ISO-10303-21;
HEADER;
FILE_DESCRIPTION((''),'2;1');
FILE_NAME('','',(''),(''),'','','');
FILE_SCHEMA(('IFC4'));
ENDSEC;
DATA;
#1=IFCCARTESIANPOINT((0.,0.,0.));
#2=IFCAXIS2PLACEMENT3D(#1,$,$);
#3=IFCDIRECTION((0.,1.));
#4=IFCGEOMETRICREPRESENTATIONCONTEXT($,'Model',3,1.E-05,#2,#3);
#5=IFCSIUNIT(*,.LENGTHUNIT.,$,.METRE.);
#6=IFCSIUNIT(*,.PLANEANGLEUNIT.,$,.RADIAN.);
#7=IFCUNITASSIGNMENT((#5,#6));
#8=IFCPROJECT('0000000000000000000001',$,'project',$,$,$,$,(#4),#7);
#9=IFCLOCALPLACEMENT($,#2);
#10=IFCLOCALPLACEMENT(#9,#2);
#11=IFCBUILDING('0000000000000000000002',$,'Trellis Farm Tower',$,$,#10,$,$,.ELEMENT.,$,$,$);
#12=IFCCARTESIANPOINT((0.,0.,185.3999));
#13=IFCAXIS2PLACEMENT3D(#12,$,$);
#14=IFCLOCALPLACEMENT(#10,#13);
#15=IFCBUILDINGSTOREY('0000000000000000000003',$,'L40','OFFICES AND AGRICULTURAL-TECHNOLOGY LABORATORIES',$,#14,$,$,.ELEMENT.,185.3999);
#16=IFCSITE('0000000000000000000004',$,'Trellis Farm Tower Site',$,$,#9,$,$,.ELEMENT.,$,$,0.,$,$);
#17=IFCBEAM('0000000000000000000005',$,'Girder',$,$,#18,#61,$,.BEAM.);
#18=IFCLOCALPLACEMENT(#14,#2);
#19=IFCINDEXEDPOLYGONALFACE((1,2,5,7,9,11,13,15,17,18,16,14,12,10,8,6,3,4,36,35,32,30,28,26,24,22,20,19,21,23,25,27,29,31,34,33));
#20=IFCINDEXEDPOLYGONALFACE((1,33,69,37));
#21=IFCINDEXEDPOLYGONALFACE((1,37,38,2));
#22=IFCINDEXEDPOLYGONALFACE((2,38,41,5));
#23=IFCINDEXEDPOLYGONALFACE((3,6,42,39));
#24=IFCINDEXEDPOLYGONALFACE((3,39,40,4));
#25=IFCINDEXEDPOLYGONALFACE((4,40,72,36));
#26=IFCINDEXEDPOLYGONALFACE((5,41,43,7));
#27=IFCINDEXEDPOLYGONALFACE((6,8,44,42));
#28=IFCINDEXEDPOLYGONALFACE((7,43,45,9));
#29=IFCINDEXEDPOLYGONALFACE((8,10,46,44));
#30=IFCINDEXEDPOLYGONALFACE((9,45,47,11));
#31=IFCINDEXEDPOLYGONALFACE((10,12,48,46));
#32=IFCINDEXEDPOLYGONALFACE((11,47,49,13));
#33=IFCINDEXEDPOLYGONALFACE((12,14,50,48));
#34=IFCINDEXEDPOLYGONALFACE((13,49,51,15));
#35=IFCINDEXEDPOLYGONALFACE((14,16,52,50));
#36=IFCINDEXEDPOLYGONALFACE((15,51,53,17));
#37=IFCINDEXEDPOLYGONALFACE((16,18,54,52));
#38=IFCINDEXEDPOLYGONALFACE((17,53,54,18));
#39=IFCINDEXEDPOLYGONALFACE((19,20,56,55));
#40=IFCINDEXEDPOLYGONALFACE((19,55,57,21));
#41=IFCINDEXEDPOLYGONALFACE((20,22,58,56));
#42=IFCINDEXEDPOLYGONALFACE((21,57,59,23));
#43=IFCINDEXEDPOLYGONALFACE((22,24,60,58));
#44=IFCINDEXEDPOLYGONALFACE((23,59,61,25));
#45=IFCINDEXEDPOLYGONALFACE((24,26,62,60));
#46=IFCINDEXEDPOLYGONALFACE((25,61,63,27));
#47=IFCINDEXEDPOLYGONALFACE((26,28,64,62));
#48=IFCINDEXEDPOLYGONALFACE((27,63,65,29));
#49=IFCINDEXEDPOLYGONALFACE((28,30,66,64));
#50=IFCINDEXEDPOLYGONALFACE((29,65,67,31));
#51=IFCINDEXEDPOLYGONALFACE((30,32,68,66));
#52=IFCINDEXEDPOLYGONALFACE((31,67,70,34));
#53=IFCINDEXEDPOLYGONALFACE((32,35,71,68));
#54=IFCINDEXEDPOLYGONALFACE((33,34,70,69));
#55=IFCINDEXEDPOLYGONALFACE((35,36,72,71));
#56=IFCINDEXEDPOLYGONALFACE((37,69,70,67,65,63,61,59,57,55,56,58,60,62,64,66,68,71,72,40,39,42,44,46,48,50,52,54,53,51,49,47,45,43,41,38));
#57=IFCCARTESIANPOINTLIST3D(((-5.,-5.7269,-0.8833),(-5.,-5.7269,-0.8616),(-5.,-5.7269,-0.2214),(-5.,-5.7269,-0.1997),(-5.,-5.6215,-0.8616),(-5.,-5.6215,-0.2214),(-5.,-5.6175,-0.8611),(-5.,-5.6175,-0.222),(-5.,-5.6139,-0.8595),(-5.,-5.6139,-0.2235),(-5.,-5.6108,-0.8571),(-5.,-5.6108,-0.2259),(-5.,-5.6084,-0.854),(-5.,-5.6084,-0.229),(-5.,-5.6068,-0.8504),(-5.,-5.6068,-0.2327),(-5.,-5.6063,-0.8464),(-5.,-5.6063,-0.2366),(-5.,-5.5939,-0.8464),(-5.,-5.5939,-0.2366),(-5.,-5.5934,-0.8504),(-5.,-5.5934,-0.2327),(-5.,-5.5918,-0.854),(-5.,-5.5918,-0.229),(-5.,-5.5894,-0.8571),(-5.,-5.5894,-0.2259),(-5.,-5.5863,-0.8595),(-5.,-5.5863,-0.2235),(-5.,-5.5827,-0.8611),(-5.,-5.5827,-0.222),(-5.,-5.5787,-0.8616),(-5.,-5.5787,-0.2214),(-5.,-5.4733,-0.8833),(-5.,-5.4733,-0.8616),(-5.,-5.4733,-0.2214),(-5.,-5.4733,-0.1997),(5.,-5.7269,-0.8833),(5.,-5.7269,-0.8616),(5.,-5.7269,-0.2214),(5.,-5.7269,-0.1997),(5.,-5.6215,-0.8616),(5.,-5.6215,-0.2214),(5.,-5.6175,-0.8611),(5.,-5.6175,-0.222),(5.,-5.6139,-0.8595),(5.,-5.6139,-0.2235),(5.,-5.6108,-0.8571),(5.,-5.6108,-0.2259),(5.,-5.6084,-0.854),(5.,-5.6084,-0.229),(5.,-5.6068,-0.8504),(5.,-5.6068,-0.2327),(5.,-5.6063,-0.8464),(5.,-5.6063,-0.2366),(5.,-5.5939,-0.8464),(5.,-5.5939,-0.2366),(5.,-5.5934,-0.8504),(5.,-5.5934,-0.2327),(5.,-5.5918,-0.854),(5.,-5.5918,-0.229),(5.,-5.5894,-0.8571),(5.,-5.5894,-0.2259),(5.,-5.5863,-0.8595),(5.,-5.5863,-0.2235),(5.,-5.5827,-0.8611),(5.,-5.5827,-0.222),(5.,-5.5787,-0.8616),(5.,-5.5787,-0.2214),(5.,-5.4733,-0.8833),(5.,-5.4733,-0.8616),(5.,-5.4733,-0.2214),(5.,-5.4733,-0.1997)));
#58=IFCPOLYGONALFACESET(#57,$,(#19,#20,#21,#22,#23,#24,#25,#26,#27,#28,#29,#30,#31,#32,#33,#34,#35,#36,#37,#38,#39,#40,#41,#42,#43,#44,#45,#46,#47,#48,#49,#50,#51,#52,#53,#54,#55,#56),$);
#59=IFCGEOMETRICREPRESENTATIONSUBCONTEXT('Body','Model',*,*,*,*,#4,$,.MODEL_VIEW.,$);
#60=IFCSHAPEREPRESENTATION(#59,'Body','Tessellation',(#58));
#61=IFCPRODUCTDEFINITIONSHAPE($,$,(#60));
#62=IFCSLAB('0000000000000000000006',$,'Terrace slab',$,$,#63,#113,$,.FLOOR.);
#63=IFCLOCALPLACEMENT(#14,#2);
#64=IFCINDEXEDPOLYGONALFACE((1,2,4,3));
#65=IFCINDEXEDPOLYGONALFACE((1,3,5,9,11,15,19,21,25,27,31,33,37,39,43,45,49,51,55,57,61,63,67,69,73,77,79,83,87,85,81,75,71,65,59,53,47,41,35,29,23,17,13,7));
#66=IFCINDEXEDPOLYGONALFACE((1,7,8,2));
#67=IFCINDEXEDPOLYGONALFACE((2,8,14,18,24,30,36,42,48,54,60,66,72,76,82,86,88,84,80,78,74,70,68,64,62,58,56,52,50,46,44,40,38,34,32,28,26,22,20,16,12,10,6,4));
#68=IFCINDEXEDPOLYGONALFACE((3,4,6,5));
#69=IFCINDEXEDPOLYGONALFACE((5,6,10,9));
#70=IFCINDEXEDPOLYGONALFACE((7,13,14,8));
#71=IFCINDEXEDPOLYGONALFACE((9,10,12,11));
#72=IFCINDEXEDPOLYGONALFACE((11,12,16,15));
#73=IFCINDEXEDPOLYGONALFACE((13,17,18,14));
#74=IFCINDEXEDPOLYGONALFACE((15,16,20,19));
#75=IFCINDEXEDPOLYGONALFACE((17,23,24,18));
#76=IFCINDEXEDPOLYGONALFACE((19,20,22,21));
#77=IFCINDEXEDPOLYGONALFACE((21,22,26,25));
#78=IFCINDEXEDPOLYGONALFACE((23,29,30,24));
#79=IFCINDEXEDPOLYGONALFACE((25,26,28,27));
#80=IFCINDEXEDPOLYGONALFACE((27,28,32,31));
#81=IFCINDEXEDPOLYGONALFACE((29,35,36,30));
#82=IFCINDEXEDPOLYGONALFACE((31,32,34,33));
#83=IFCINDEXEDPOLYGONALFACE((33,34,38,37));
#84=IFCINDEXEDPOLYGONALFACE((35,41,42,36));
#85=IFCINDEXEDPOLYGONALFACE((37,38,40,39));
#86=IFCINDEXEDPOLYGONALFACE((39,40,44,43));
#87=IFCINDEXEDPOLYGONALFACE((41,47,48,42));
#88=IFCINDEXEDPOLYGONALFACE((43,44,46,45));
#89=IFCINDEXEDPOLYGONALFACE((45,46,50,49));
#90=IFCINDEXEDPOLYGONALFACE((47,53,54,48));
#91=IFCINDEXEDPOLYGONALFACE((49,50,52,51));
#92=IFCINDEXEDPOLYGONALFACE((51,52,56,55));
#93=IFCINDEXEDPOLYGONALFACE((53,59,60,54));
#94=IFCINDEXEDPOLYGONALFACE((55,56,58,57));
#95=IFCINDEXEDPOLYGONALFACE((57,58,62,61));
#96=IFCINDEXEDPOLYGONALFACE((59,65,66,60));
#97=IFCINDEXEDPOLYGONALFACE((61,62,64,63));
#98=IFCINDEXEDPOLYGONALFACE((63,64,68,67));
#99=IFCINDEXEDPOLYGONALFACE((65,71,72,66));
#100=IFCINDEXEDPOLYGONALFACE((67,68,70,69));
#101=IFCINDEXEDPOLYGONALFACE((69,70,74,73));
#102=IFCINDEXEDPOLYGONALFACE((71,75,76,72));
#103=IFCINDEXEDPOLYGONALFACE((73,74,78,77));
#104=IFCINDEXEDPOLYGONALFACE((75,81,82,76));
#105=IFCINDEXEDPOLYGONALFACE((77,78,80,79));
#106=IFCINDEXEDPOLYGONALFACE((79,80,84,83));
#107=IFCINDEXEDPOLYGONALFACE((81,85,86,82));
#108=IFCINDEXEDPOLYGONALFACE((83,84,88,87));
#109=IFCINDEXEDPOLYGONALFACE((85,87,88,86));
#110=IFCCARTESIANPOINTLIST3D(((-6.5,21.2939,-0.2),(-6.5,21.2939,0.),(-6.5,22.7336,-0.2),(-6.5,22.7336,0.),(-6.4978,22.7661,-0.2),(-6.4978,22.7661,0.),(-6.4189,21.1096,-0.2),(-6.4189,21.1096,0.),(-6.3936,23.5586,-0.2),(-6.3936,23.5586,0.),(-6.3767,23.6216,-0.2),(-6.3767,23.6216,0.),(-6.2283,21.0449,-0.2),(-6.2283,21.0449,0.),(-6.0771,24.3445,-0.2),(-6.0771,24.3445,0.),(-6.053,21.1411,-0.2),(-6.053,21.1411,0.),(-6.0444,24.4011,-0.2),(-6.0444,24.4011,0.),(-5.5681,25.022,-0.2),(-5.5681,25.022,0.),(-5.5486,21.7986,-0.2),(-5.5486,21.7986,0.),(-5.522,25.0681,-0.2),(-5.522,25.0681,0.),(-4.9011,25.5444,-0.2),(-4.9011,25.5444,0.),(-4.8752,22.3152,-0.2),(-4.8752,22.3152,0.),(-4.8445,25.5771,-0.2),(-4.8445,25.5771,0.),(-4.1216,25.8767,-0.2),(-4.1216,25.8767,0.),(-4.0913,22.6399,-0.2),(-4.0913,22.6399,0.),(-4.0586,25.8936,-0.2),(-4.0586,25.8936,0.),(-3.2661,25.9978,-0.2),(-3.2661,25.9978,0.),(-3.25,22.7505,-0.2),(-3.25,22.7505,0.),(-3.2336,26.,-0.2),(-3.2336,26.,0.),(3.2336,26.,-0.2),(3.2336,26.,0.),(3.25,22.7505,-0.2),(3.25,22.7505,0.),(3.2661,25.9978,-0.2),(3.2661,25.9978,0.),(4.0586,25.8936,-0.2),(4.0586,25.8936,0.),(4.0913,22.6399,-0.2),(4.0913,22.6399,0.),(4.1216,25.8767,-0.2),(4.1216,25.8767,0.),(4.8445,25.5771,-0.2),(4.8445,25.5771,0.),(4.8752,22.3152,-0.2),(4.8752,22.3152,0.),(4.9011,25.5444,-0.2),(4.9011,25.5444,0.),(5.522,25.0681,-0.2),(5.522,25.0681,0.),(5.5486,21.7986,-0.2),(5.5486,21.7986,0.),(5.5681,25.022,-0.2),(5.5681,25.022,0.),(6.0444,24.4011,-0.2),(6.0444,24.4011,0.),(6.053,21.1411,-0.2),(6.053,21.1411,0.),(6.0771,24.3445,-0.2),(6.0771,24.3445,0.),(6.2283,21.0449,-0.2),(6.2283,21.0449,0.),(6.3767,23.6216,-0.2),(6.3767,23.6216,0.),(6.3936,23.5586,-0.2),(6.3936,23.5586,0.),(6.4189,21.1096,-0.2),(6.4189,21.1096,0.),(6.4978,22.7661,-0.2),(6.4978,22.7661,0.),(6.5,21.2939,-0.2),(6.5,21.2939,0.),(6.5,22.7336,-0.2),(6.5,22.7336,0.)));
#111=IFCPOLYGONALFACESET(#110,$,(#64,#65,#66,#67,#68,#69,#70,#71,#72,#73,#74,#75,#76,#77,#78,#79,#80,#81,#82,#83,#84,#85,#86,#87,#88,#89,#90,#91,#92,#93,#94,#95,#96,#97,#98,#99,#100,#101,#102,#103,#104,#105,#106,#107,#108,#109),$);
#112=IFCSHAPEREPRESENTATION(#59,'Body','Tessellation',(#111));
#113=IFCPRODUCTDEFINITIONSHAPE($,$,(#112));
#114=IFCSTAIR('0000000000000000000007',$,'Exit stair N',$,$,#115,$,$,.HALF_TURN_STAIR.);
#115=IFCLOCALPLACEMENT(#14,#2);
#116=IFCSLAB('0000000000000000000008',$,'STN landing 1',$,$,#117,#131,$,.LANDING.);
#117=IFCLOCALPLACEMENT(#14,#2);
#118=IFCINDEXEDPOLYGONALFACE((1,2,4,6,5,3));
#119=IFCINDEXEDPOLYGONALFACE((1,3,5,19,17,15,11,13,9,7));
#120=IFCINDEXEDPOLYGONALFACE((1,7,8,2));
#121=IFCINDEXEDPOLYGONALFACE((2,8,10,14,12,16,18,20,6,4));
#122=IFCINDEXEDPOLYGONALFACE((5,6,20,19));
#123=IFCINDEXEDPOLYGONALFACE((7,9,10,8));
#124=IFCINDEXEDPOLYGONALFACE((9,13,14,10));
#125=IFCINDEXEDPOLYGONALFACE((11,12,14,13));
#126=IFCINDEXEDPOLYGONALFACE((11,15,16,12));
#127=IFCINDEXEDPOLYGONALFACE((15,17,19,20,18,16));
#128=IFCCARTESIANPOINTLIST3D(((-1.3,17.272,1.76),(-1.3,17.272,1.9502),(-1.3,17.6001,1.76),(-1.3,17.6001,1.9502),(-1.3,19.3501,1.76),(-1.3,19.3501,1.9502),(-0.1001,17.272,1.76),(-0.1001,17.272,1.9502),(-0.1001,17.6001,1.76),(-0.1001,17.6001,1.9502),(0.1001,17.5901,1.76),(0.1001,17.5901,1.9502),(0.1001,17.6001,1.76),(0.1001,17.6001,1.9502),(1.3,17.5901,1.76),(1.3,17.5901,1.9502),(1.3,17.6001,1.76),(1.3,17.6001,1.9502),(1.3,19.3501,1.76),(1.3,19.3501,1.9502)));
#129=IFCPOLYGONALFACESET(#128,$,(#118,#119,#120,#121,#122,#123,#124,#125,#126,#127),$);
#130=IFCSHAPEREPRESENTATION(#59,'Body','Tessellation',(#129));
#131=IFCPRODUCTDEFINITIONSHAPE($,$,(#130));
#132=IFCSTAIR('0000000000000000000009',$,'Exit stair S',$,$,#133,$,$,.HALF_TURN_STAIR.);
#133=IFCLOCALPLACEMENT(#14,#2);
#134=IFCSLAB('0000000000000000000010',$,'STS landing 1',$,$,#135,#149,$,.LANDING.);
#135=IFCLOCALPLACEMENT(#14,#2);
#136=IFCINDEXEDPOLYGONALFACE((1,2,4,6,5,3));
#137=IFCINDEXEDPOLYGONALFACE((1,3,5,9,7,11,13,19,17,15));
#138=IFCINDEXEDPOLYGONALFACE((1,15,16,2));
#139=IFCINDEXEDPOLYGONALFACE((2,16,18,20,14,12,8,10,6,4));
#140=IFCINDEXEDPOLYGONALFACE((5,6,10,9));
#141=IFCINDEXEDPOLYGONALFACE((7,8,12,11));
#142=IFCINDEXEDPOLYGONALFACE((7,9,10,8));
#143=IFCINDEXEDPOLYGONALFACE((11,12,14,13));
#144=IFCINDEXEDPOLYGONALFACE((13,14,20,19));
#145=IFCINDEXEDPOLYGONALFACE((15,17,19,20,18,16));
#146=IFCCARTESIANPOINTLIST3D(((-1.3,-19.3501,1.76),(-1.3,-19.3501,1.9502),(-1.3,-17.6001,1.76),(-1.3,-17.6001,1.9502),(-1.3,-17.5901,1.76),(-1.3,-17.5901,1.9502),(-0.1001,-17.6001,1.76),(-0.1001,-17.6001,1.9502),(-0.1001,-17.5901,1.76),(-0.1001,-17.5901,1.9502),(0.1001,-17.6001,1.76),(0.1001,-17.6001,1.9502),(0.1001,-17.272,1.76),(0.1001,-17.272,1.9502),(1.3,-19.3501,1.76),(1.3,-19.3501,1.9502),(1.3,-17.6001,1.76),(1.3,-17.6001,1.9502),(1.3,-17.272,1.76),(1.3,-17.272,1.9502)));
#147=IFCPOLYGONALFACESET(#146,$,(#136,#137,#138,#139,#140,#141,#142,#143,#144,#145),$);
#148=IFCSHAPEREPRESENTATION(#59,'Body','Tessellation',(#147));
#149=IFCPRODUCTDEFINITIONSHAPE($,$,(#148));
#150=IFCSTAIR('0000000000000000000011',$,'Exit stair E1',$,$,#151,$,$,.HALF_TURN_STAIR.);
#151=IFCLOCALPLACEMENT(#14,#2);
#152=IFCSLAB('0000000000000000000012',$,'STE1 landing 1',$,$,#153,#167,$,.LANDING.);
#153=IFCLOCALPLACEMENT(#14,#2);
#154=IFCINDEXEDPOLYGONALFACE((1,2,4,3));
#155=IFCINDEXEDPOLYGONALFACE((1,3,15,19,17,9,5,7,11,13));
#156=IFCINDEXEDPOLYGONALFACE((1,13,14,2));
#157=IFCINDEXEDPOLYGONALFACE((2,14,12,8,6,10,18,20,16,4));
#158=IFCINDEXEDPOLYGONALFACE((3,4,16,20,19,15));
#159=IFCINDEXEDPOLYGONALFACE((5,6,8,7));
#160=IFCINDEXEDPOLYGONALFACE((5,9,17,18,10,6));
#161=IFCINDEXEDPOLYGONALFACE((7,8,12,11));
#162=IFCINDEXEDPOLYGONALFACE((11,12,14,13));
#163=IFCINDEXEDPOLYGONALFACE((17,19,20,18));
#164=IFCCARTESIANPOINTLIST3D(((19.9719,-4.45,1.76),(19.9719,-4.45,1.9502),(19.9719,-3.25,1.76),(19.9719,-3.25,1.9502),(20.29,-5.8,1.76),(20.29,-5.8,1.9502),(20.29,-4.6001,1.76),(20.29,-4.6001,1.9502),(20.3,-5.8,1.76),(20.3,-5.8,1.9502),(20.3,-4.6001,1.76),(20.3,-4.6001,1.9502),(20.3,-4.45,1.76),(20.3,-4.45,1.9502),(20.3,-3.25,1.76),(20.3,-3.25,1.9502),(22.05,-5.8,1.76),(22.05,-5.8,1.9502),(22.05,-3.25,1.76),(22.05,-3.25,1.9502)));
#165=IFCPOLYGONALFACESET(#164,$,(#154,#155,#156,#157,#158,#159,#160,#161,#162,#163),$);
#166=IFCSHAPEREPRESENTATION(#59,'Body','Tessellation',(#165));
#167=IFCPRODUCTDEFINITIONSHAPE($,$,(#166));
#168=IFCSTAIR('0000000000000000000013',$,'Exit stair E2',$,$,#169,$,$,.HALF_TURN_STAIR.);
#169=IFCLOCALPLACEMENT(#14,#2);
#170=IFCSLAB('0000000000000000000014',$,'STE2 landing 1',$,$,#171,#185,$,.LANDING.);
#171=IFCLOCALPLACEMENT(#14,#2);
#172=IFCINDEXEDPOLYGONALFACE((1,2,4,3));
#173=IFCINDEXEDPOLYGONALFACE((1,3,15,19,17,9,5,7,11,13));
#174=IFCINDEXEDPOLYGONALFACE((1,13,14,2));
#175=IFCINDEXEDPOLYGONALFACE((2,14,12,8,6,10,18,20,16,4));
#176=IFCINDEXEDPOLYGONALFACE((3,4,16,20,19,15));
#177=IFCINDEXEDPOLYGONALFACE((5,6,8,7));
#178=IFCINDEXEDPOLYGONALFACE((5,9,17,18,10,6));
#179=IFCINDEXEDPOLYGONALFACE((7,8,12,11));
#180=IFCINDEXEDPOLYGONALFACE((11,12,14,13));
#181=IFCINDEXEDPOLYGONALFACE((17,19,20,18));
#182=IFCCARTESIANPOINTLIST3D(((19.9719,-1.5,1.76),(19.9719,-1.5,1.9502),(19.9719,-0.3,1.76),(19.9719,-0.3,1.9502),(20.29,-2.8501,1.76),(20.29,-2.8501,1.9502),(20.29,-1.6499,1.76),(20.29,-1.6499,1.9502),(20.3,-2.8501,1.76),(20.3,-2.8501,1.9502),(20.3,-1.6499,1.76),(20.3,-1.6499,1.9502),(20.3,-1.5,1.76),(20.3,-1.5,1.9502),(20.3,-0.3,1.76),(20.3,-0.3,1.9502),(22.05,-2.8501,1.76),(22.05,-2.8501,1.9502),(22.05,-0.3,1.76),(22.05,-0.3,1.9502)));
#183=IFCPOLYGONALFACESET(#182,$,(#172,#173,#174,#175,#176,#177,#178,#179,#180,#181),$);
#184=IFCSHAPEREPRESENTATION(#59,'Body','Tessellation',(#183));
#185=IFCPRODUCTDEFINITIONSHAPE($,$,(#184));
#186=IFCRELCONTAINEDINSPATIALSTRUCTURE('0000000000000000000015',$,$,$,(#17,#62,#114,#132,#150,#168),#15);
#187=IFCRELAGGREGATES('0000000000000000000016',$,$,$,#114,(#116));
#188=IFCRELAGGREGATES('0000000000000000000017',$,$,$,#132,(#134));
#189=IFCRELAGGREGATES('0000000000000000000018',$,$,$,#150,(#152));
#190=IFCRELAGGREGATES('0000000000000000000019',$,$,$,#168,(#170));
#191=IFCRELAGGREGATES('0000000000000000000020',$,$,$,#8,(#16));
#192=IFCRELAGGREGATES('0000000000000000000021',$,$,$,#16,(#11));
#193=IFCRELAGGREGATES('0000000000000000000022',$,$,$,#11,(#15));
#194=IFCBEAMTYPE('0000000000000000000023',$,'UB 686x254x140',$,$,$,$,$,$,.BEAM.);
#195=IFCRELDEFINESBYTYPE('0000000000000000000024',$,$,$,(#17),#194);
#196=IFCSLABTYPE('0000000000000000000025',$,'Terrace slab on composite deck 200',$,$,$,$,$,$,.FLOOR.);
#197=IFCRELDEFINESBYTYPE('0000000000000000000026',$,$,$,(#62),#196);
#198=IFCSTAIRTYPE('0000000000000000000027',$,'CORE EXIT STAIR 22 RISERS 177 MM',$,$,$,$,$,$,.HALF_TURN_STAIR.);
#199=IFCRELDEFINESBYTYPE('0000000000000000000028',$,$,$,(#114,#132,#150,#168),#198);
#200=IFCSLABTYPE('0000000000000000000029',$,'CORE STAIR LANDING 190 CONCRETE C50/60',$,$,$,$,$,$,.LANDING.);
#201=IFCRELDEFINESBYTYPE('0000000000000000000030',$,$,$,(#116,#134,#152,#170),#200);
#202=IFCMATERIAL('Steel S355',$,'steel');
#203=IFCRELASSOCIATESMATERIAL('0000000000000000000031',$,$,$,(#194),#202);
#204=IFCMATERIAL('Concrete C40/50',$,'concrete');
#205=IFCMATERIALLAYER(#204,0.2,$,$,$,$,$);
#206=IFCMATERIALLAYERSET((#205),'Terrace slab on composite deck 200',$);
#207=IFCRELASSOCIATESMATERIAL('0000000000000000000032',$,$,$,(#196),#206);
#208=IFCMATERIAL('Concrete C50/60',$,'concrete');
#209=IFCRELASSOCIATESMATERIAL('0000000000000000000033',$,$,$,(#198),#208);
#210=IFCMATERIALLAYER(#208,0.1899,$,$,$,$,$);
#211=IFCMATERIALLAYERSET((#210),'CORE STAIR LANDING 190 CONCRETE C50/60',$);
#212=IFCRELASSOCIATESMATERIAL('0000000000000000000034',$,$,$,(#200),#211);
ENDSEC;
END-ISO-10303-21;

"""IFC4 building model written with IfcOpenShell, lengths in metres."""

from ifc_helpers import new_model, si_unit, direction, frame, origin, origin_2d, place, context, subcontext, project, spatial, polyline, i_section, outline, extrude, source, transform, mapped, material, layer, layer_set, material_profile, profile_set, type_object, element, aggregate, save


model = new_model("IFC4")

# Units and contexts
model_context = context("Model", 3, precision=1e-05, world=origin(), true_north=direction((0.0, 1.0)))
body_context = subcontext(model_context, "Body", "Model", "MODEL_VIEW")
ifc_project = project(units=[si_unit("LENGTHUNIT", "METRE"), si_unit("PLANEANGLEUNIT", "RADIAN")], contexts=[model_context])

# Site, building, storey
site_placement = place(None, origin())
site = spatial("IfcSite", under=ifc_project, at=site_placement, Name="Trellis Farm Tower Site", CompositionType="ELEMENT", RefElevation=0.0)
building_placement = place(site_placement, origin())
building = spatial("IfcBuilding", under=site, at=building_placement, Name="Trellis Farm Tower", CompositionType="ELEMENT")
storey_placement = place(building_placement, frame((0.0, 0.0, 185.3999)))
storey = spatial("IfcBuildingStorey", under=building, at=storey_placement, Name="L40", Description="OFFICES AND AGRICULTURAL-TECHNOLOGY LABORATORIES", CompositionType="ELEMENT", Elevation=185.3999)

# Beam
ifc_material_1 = material(Name="Steel S355", Category="steel")
ifc_material_profile = material_profile(ifc_material_1, i_section(OverallWidth=0.2537, OverallDepth=0.6836, WebThickness=0.0125, FlangeThickness=0.0217, FilletRadius=0.0151, at=origin_2d()), Name="UB 686x254x140")
ifc_profile_set = profile_set([ifc_material_profile], Name="Steel S355")
beam_type = type_object("IfcBeamType", Name="UB 686x254x140", PredefinedType="BEAM", material=ifc_profile_set)
shared_shape_1 = source(origin(), body_context, "Body", "SweptSolid", [
    extrude(i_section(OverallWidth=0.2537, OverallDepth=0.6836, WebThickness=0.0125, FlangeThickness=0.0217, FilletRadius=0.0151, at=origin_2d()), origin(), (0.0, 0.0, 1.0), 10.0),
])
beam_placement = place(storey_placement, frame((-5.0, -5.6001, -0.5415), z_axis=(1.0, 0.0, 0.0), x_axis=(0.0, 1.0, 0.0)))
element("IfcBeam", 1, at=beam_placement, inside=storey, type_object=beam_type, Name="Girder", PredefinedType="BEAM", context=body_context, shape_type="MappedRepresentation", body=[
    mapped(shared_shape_1, transform((0.0, 0.0, 0.0))),
])

# Slab
ifc_material_2 = material(Name="Concrete C40/50", Category="concrete")
ifc_layer_1 = layer(ifc_material_2, 0.2)
ifc_layer_set_1 = layer_set([ifc_layer_1], Name="Terrace slab on composite deck 200")
slab_type_1 = type_object("IfcSlabType", Name="Terrace slab on composite deck 200", PredefinedType="FLOOR", material=ifc_layer_set_1)
placement_1 = place(storey_placement, frame((0.0, 0.0, -0.2)))
element("IfcSlab", 2, at=placement_1, inside=storey, type_object=slab_type_1, Name="Terrace slab", PredefinedType="FLOOR", context=body_context, shape_type="SweptSolid", body=[
    extrude(outline(polyline([(-6.4189, 21.1096), (-6.5, 21.2939), (-6.5, 22.7336), (-6.4978, 22.7661), (-6.3936, 23.5586), (-6.3767, 23.6216), (-6.0771, 24.3445), (-6.0444, 24.4011), (-5.5681, 25.022), (-5.522, 25.0681), (-4.9011, 25.5444), (-4.8445, 25.5771), (-4.1216, 25.8767), (-4.0586, 25.8936), (-3.2661, 25.9978), (-3.2336, 26.0), (3.2336, 26.0), (3.2661, 25.9978), (4.0586, 25.8936), (4.1216, 25.8767), (4.8445, 25.5771), (4.9011, 25.5444), (5.522, 25.0681), (5.5681, 25.022), (6.0444, 24.4011), (6.0771, 24.3445), (6.3767, 23.6216), (6.3936, 23.5586), (6.4978, 22.7661), (6.5, 22.7336), (6.5, 21.2939), (6.4189, 21.1096), (6.2283, 21.0449), (6.053, 21.1411), (5.5486, 21.7986), (4.8752, 22.3152), (4.0913, 22.6399), (3.25, 22.7505), (-3.25, 22.7505), (-4.0913, 22.6399), (-4.8752, 22.3152), (-5.5486, 21.7986), (-6.053, 21.1411), (-6.2283, 21.0449), (-6.4189, 21.1096)])), origin(), (0.0, 0.0, 1.0), 0.2),
])

# Stairs, slabs
ifc_material_3 = material(Name="Concrete C50/60", Category="concrete")
stair_type = type_object("IfcStairType", Name="CORE EXIT STAIR 22 RISERS 177 MM", PredefinedType="HALF_TURN_STAIR", material=ifc_material_3)
placement_2 = place(storey_placement, origin())
stair_1 = element("IfcStair", 3, at=placement_2, inside=storey, type_object=stair_type, Name="Exit stair N", PredefinedType="HALF_TURN_STAIR")
ifc_layer_2 = layer(ifc_material_3, 0.1899)
ifc_layer_set_2 = layer_set([ifc_layer_2], Name="CORE STAIR LANDING 190 CONCRETE C50/60")
slab_type_2 = type_object("IfcSlabType", Name="CORE STAIR LANDING 190 CONCRETE C50/60", PredefinedType="LANDING", material=ifc_layer_set_2)
shared_shape_2 = source(origin(), body_context, "Body", "SweptSolid", [
    extrude(outline(polyline([(-0.1001, 17.272), (-1.3, 17.272), (-1.3, 17.6001), (-1.3, 19.3501), (1.3, 19.3501), (1.3, 17.6001), (1.3, 17.5901), (0.1001, 17.5901), (0.1001, 17.6001), (-0.1001, 17.6001), (-0.1001, 17.272)])), origin(), (0.0, 0.0, 1.0), 0.1902),
])
placement_3 = place(storey_placement, frame((0.0, 0.0, 1.76)))
slab_1 = element("IfcSlab", 4, at=placement_3, type_object=slab_type_2, Name="STN landing 1", PredefinedType="LANDING", context=body_context, shape_type="MappedRepresentation", body=[
    mapped(shared_shape_2, transform((0.0, 0.0, 0.0))),
])
aggregate(stair_1, [slab_1])
stair_2 = element("IfcStair", 5, at=placement_2, inside=storey, type_object=stair_type, Name="Exit stair S", PredefinedType="HALF_TURN_STAIR")
shared_shape_3 = source(origin(), body_context, "Body", "SweptSolid", [
    extrude(outline(polyline([(1.3, -19.3501), (-1.3, -19.3501), (-1.3, -17.6001), (-1.3, -17.5901), (-0.1001, -17.5901), (-0.1001, -17.6001), (0.1001, -17.6001), (0.1001, -17.272), (1.3, -17.272), (1.3, -17.6001), (1.3, -19.3501)])), origin(), (0.0, 0.0, 1.0), 0.1902),
])
slab_2 = element("IfcSlab", 6, at=placement_3, type_object=slab_type_2, Name="STS landing 1", PredefinedType="LANDING", context=body_context, shape_type="MappedRepresentation", body=[
    mapped(shared_shape_3, transform((0.0, 0.0, 0.0))),
])
aggregate(stair_2, [slab_2])
stair_3 = element("IfcStair", 7, at=placement_2, inside=storey, type_object=stair_type, Name="Exit stair E1", PredefinedType="HALF_TURN_STAIR")
shared_shape_4 = source(origin(), body_context, "Body", "SweptSolid", [
    extrude(outline(polyline([(20.29, -5.8), (20.29, -4.6001), (20.3, -4.6001), (20.3, -4.45), (19.9719, -4.45), (19.9719, -3.25), (20.3, -3.25), (22.05, -3.25), (22.05, -5.8), (20.3, -5.8), (20.29, -5.8)])), origin(), (0.0, 0.0, 1.0), 0.1902),
])
slab_3 = element("IfcSlab", 8, at=placement_3, type_object=slab_type_2, Name="STE1 landing 1", PredefinedType="LANDING", context=body_context, shape_type="MappedRepresentation", body=[
    mapped(shared_shape_4, transform((0.0, 0.0, 0.0))),
])
aggregate(stair_3, [slab_3])
stair_4 = element("IfcStair", 9, at=placement_2, inside=storey, type_object=stair_type, Name="Exit stair E2", PredefinedType="HALF_TURN_STAIR")
shared_shape_5 = source(origin(), body_context, "Body", "SweptSolid", [
    extrude(outline(polyline([(20.29, -2.8501), (20.29, -1.6499), (20.3, -1.6499), (20.3, -1.5), (19.9719, -1.5), (19.9719, -0.3), (20.3, -0.3), (22.05, -0.3), (22.05, -2.8501), (20.3, -2.8501), (20.29, -2.8501)])), origin(), (0.0, 0.0, 1.0), 0.1902),
])
slab_4 = element("IfcSlab", 10, at=placement_3, type_object=slab_type_2, Name="STE2 landing 1", PredefinedType="LANDING", context=body_context, shape_type="MappedRepresentation", body=[
    mapped(shared_shape_5, transform((0.0, 0.0, 0.0))),
])
aggregate(stair_4, [slab_4])

save(model, "model.ifc")
